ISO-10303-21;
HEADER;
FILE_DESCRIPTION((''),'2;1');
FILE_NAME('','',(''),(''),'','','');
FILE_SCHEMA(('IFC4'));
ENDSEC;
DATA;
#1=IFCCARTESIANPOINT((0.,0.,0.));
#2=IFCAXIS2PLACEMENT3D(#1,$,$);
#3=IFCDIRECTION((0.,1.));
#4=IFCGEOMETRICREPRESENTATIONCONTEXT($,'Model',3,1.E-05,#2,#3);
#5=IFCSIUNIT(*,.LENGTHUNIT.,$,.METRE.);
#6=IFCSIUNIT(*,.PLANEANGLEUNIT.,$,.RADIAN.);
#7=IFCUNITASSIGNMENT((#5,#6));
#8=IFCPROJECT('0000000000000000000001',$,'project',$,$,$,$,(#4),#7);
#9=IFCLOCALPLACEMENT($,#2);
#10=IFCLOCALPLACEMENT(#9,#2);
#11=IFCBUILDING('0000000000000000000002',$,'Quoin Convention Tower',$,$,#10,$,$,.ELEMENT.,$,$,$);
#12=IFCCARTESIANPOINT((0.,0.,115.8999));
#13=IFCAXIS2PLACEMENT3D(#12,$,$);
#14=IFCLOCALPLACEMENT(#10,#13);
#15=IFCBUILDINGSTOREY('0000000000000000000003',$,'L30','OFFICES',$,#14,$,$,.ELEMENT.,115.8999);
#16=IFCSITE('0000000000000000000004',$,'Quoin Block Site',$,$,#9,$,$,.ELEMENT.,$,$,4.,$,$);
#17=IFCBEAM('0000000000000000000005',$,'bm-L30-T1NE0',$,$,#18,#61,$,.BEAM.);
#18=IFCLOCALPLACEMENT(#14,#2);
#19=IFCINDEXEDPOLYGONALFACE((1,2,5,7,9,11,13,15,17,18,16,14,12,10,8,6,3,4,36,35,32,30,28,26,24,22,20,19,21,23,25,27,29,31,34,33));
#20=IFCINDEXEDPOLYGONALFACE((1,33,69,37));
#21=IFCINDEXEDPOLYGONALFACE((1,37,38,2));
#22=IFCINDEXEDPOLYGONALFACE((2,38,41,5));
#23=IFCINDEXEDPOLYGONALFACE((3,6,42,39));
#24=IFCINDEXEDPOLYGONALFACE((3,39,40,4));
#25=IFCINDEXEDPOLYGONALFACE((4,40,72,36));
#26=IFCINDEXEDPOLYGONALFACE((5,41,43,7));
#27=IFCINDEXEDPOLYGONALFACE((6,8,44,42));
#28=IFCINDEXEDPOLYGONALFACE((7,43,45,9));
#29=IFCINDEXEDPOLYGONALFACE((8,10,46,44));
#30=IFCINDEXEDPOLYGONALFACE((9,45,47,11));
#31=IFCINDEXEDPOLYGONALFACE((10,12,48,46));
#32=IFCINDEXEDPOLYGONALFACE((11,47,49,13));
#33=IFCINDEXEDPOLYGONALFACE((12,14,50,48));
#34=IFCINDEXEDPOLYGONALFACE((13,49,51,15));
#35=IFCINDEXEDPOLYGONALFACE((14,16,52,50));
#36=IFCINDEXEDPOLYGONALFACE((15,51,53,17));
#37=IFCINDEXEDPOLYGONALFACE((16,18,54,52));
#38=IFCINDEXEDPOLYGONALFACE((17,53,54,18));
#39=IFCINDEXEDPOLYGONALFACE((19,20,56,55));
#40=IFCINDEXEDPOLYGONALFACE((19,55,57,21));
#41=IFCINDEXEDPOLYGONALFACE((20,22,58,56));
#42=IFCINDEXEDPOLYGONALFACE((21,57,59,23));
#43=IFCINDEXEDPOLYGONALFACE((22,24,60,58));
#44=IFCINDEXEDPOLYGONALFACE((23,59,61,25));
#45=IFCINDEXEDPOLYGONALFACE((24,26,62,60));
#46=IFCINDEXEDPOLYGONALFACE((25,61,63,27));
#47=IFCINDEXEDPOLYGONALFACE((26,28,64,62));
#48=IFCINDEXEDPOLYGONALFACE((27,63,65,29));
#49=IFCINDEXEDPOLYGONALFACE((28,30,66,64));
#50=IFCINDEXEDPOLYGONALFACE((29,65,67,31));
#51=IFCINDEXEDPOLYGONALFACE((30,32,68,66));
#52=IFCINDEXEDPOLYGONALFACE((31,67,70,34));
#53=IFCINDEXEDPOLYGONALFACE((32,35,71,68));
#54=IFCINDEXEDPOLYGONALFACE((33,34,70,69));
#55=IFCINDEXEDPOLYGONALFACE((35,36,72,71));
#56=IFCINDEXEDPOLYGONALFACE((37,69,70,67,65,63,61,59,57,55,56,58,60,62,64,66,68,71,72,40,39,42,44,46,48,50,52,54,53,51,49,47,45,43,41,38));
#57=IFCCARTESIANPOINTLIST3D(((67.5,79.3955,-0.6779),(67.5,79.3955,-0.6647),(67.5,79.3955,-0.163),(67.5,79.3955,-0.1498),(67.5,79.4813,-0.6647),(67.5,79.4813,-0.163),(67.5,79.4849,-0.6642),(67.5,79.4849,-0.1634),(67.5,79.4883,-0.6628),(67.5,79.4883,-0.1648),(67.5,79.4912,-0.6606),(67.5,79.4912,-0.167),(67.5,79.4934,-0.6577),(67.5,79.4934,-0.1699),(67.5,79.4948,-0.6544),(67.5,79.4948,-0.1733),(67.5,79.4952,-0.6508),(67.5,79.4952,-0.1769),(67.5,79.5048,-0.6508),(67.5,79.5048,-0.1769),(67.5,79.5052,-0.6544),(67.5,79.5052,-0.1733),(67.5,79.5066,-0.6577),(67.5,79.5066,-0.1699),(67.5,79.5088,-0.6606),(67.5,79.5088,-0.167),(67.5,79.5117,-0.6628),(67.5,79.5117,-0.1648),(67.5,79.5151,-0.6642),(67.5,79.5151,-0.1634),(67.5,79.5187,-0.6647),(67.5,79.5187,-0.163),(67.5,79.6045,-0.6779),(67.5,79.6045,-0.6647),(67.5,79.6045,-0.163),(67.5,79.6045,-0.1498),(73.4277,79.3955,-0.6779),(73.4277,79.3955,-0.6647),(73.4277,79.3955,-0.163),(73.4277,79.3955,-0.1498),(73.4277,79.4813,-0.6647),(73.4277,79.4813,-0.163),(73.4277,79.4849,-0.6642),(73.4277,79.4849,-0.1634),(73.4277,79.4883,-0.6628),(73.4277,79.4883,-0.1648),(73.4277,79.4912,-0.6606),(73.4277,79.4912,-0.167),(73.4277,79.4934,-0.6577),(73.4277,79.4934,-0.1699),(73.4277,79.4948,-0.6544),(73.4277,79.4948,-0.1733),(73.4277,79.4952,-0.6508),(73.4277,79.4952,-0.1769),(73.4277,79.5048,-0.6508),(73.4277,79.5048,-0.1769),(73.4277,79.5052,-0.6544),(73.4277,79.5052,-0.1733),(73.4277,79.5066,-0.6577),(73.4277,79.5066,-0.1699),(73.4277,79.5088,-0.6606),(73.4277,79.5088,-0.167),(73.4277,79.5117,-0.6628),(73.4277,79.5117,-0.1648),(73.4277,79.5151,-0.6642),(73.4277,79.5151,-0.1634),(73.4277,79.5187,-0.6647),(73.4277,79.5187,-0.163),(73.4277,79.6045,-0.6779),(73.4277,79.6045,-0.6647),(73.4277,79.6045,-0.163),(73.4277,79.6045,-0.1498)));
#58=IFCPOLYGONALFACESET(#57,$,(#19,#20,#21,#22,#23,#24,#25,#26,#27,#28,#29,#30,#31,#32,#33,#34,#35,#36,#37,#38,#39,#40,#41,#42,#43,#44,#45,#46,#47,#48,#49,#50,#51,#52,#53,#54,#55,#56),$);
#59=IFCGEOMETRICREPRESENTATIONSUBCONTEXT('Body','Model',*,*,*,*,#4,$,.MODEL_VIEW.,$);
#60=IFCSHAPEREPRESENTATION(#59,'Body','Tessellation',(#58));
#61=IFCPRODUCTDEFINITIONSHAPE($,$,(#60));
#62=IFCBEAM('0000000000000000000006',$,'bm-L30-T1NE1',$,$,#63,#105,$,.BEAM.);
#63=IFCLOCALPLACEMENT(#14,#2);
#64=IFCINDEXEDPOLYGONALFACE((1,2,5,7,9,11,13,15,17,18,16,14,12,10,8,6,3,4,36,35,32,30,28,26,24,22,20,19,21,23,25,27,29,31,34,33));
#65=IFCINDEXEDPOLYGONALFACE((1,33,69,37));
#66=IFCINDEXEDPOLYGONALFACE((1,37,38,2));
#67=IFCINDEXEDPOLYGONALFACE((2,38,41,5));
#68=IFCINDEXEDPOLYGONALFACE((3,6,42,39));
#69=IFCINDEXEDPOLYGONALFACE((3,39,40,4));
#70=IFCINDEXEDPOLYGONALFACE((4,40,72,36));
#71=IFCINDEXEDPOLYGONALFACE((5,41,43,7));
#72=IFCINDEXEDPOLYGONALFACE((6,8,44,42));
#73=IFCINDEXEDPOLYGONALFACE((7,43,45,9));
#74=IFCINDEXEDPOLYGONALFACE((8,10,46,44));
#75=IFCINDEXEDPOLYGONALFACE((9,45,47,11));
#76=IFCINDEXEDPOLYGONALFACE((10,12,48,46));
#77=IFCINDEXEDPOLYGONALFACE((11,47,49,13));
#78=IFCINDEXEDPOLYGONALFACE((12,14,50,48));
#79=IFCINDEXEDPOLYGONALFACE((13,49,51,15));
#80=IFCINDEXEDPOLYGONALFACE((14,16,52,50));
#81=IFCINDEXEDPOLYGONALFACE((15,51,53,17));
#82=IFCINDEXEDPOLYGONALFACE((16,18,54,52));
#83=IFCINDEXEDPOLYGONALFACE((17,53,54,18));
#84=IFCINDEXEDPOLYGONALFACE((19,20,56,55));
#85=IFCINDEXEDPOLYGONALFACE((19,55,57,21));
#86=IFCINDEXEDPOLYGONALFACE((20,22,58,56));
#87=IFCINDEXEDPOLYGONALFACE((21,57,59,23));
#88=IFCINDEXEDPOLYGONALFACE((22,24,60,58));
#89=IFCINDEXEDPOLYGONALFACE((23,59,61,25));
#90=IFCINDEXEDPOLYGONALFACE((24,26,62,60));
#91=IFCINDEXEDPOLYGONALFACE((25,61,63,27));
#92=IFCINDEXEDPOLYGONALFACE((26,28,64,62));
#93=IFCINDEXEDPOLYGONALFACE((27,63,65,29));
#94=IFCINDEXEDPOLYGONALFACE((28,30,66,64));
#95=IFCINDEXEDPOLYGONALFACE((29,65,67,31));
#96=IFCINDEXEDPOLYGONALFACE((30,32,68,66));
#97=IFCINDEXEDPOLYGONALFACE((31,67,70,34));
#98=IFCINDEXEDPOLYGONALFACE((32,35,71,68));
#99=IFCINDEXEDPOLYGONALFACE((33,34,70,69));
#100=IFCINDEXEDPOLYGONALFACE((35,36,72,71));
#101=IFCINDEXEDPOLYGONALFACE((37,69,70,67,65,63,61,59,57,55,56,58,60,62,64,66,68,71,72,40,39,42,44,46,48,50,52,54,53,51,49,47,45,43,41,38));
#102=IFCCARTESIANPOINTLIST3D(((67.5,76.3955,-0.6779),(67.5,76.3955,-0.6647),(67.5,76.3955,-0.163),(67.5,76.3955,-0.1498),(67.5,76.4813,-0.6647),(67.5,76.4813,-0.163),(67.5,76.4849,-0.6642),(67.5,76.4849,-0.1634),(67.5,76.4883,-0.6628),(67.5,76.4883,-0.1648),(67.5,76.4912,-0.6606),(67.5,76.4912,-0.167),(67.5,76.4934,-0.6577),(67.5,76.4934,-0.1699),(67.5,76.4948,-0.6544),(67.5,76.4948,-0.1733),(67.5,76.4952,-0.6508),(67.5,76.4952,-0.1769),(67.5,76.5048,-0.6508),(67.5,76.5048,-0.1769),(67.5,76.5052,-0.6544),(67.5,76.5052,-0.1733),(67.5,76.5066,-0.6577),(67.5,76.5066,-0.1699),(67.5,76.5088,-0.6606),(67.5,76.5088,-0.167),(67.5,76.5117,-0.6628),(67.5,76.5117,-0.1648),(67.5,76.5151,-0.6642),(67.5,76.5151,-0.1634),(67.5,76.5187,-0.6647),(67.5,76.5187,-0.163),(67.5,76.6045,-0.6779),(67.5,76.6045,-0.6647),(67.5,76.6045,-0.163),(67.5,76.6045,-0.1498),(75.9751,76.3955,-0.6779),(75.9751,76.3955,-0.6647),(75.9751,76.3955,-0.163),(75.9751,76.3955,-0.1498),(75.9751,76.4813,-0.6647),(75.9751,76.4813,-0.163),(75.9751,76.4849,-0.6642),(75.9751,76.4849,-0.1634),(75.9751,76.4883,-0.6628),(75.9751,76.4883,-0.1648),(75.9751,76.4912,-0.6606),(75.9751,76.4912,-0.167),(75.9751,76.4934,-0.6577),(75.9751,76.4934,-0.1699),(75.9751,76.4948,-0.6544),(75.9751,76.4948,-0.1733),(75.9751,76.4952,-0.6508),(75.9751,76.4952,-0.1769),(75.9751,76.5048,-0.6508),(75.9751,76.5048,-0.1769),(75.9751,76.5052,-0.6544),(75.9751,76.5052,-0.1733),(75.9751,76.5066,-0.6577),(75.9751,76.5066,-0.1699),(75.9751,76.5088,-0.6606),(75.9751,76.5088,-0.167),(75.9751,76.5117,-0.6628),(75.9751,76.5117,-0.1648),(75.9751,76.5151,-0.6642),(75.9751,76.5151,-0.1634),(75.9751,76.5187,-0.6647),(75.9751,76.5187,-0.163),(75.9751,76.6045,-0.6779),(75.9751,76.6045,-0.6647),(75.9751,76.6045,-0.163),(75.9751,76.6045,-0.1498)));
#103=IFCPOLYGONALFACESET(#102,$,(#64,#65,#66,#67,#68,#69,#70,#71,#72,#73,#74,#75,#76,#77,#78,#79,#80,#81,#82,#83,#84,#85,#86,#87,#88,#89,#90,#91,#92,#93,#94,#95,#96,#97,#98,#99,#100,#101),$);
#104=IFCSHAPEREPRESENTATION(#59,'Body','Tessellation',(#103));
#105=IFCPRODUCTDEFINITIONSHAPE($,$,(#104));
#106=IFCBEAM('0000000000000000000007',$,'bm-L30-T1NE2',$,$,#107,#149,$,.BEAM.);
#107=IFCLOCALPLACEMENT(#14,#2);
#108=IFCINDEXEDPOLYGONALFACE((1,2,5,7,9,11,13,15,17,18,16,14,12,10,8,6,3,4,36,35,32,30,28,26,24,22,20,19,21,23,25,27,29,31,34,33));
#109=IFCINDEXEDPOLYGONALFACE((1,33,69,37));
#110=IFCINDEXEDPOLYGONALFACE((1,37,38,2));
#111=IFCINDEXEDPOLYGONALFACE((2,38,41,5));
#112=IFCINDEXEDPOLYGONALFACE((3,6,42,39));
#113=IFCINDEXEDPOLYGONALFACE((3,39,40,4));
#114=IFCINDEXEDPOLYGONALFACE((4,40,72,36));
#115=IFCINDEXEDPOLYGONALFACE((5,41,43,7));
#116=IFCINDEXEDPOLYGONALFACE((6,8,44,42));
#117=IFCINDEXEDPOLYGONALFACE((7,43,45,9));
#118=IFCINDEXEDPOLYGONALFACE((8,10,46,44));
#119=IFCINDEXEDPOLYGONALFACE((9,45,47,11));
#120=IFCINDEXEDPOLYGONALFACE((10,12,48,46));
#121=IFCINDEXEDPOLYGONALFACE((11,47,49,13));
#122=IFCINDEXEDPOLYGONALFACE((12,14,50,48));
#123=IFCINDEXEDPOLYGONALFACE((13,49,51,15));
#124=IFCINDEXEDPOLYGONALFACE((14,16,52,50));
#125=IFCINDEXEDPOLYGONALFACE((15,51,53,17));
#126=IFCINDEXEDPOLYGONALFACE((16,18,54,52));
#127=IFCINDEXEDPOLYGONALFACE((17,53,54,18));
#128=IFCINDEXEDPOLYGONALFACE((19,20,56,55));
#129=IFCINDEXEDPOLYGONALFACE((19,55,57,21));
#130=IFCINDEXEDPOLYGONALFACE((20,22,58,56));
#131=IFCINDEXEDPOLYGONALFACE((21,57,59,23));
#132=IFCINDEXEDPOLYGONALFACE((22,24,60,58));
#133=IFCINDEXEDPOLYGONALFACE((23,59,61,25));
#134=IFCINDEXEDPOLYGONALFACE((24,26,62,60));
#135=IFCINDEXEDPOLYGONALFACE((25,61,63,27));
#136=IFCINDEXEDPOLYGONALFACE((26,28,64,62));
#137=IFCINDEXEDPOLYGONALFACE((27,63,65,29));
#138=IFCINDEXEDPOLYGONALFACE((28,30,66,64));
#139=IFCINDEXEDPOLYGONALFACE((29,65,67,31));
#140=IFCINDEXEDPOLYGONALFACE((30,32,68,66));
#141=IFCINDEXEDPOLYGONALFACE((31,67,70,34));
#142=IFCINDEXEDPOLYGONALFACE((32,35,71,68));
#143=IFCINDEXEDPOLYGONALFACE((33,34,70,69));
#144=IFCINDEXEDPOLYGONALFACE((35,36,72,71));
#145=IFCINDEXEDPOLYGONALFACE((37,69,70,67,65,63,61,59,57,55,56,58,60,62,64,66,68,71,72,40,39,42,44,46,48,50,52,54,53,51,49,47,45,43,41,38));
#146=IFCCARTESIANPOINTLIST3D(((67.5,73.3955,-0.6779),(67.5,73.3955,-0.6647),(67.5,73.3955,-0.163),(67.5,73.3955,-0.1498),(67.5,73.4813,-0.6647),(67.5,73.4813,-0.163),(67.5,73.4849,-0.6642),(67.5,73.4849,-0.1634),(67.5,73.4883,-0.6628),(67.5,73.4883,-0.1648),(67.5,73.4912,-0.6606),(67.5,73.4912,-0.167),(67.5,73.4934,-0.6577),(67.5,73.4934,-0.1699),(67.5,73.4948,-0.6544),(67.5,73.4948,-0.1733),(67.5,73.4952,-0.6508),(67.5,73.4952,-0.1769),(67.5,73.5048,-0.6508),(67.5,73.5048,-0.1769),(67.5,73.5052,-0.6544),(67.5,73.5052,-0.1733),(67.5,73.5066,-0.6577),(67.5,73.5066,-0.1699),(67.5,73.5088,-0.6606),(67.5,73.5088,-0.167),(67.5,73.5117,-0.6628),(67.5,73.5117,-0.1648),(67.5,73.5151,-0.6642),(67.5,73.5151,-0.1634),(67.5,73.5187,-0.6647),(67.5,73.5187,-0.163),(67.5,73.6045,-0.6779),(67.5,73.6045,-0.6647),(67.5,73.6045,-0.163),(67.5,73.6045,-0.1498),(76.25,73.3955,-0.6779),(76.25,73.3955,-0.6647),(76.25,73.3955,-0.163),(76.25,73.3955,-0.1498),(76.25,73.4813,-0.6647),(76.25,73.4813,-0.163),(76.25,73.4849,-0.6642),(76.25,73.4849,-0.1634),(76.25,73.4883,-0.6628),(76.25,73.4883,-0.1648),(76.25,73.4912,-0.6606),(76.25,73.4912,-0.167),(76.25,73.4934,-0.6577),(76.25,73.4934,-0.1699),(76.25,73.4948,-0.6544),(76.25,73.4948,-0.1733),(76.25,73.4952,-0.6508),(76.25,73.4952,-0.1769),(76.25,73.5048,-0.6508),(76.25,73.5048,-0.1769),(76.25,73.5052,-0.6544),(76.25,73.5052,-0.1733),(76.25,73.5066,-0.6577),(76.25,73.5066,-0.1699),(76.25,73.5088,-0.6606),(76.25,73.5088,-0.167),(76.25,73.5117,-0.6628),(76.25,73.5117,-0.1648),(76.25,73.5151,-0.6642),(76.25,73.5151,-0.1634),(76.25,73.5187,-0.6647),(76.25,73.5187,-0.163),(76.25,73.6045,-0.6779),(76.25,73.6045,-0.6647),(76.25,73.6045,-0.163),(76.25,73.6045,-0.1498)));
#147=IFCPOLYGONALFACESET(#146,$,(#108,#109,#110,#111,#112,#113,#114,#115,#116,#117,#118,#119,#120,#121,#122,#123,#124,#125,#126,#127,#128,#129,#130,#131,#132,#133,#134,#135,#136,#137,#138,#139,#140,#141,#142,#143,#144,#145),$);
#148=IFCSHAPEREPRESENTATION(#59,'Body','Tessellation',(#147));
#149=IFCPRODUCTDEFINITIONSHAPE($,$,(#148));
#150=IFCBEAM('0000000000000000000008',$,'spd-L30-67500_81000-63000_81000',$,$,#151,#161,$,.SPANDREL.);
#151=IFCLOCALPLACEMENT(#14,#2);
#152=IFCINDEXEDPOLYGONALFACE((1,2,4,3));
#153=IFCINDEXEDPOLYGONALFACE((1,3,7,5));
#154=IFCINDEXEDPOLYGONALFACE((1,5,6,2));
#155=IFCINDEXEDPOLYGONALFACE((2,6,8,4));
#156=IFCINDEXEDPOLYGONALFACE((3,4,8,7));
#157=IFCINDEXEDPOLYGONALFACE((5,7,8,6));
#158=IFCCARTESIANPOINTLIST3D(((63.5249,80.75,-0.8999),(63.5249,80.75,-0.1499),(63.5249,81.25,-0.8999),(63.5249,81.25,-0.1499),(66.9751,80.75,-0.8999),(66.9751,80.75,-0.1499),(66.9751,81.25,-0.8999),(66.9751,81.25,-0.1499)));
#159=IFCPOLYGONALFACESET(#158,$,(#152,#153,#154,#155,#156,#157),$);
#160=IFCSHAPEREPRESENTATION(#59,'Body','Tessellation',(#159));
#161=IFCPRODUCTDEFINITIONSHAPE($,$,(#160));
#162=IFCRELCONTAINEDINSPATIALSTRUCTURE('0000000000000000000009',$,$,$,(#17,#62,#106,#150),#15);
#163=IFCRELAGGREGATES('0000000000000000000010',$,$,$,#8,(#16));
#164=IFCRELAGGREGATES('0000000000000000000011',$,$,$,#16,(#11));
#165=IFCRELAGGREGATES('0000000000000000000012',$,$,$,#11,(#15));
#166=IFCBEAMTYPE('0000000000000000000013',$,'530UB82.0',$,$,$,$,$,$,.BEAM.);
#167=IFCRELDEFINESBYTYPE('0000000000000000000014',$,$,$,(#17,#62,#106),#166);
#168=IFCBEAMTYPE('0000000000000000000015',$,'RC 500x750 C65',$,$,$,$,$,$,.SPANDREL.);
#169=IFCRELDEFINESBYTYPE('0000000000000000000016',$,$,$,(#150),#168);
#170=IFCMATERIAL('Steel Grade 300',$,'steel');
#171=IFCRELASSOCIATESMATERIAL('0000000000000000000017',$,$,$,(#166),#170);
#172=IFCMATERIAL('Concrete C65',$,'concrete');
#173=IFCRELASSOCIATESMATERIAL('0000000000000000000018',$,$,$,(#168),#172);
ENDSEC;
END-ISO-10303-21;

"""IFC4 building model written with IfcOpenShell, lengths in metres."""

from ifc_helpers import new_model, si_unit, direction, frame, origin, origin_2d, place, context, subcontext, project, spatial, rectangle, i_section, extrude, material, material_profile, profile_set, type_object, element, save


model = new_model("IFC4")

# Units and contexts
model_context = context("Model", 3, precision=1e-05, world=origin(), true_north=direction((0.0, 1.0)))
body_context = subcontext(model_context, "Body", "Model", "MODEL_VIEW")
ifc_project = project(units=[si_unit("LENGTHUNIT", "METRE"), si_unit("PLANEANGLEUNIT", "RADIAN")], contexts=[model_context])

# Site, building, storey
site_placement = place(None, origin())
site = spatial("IfcSite", under=ifc_project, at=site_placement, Name="Quoin Block Site", CompositionType="ELEMENT", RefElevation=4.0)
building_placement = place(site_placement, origin())
building = spatial("IfcBuilding", under=site, at=building_placement, Name="Quoin Convention Tower", CompositionType="ELEMENT")
storey_placement = place(building_placement, frame((0.0, 0.0, 115.8999)))
storey = spatial("IfcBuildingStorey", under=building, at=storey_placement, Name="L30", Description="OFFICES", CompositionType="ELEMENT", Elevation=115.8999)

# Shared definitions
ifc_material_1 = material(Name="Concrete C65", Category="concrete")

# Beams
ifc_material_2 = material(Name="Steel Grade 300", Category="steel")
ifc_material_profile_1 = material_profile(ifc_material_2, i_section(OverallWidth=0.209, OverallDepth=0.5281, WebThickness=0.0095, FlangeThickness=0.0132, FilletRadius=0.0139, at=origin_2d()), Name="530UB82.0")
ifc_profile_set_1 = profile_set([ifc_material_profile_1], Name="Steel Grade 300")
beam_type_1 = type_object("IfcBeamType", Name="530UB82.0", PredefinedType="BEAM", material=ifc_profile_set_1)
beam_1_placement = place(storey_placement, frame((67.5, 79.5, -0.4138), z_axis=(1.0, 0.0, 0.0), x_axis=(0.0, 1.0, 0.0)))
element("IfcBeam", 1, at=beam_1_placement, inside=storey, type_object=beam_type_1, Name="bm-L30-T1NE0", PredefinedType="BEAM", context=body_context, shape_type="SweptSolid", body=[
    extrude(i_section(OverallWidth=0.209, OverallDepth=0.5281, WebThickness=0.0095, FlangeThickness=0.0132, FilletRadius=0.0139, at=origin_2d()), origin(), (0.0, 0.0, 1.0), 5.9277),
])
beam_2_placement = place(storey_placement, frame((67.5, 76.5, -0.4138), z_axis=(1.0, 0.0, 0.0), x_axis=(0.0, 1.0, 0.0)))
element("IfcBeam", 2, at=beam_2_placement, inside=storey, type_object=beam_type_1, Name="bm-L30-T1NE1", PredefinedType="BEAM", context=body_context, shape_type="SweptSolid", body=[
    extrude(i_section(OverallWidth=0.209, OverallDepth=0.5281, WebThickness=0.0095, FlangeThickness=0.0132, FilletRadius=0.0139, at=origin_2d()), origin(), (0.0, 0.0, 1.0), 8.4751),
])
beam_3_placement = place(storey_placement, frame((67.5, 73.5, -0.4138), z_axis=(1.0, 0.0, 0.0), x_axis=(0.0, 1.0, 0.0)))
element("IfcBeam", 3, at=beam_3_placement, inside=storey, type_object=beam_type_1, Name="bm-L30-T1NE2", PredefinedType="BEAM", context=body_context, shape_type="SweptSolid", body=[
    extrude(i_section(OverallWidth=0.209, OverallDepth=0.5281, WebThickness=0.0095, FlangeThickness=0.0132, FilletRadius=0.0139, at=origin_2d()), origin(), (0.0, 0.0, 1.0), 8.75),
])
ifc_material_profile_2 = material_profile(ifc_material_1, rectangle(XDim=0.5, YDim=0.75, at=origin_2d()), Name="RC 500x750")
ifc_profile_set_2 = profile_set([ifc_material_profile_2], Name="Concrete C65")
beam_type_2 = type_object("IfcBeamType", Name="RC 500x750 C65", PredefinedType="SPANDREL", material=ifc_profile_set_2)
beam_4_placement = place(storey_placement, frame((66.9751, 81.0, -0.5249), z_axis=(-1.0, 0.0, 0.0), x_axis=(0.0, -1.0, 0.0)))
element("IfcBeam", 4, at=beam_4_placement, inside=storey, type_object=beam_type_2, Name="spd-L30-67500_81000-63000_81000", PredefinedType="SPANDREL", context=body_context, shape_type="SweptSolid", body=[
    extrude(rectangle(XDim=0.5, YDim=0.75, at=origin_2d()), origin(), (0.0, 0.0, 1.0), 3.4502),
])

save(model, "model.ifc")
